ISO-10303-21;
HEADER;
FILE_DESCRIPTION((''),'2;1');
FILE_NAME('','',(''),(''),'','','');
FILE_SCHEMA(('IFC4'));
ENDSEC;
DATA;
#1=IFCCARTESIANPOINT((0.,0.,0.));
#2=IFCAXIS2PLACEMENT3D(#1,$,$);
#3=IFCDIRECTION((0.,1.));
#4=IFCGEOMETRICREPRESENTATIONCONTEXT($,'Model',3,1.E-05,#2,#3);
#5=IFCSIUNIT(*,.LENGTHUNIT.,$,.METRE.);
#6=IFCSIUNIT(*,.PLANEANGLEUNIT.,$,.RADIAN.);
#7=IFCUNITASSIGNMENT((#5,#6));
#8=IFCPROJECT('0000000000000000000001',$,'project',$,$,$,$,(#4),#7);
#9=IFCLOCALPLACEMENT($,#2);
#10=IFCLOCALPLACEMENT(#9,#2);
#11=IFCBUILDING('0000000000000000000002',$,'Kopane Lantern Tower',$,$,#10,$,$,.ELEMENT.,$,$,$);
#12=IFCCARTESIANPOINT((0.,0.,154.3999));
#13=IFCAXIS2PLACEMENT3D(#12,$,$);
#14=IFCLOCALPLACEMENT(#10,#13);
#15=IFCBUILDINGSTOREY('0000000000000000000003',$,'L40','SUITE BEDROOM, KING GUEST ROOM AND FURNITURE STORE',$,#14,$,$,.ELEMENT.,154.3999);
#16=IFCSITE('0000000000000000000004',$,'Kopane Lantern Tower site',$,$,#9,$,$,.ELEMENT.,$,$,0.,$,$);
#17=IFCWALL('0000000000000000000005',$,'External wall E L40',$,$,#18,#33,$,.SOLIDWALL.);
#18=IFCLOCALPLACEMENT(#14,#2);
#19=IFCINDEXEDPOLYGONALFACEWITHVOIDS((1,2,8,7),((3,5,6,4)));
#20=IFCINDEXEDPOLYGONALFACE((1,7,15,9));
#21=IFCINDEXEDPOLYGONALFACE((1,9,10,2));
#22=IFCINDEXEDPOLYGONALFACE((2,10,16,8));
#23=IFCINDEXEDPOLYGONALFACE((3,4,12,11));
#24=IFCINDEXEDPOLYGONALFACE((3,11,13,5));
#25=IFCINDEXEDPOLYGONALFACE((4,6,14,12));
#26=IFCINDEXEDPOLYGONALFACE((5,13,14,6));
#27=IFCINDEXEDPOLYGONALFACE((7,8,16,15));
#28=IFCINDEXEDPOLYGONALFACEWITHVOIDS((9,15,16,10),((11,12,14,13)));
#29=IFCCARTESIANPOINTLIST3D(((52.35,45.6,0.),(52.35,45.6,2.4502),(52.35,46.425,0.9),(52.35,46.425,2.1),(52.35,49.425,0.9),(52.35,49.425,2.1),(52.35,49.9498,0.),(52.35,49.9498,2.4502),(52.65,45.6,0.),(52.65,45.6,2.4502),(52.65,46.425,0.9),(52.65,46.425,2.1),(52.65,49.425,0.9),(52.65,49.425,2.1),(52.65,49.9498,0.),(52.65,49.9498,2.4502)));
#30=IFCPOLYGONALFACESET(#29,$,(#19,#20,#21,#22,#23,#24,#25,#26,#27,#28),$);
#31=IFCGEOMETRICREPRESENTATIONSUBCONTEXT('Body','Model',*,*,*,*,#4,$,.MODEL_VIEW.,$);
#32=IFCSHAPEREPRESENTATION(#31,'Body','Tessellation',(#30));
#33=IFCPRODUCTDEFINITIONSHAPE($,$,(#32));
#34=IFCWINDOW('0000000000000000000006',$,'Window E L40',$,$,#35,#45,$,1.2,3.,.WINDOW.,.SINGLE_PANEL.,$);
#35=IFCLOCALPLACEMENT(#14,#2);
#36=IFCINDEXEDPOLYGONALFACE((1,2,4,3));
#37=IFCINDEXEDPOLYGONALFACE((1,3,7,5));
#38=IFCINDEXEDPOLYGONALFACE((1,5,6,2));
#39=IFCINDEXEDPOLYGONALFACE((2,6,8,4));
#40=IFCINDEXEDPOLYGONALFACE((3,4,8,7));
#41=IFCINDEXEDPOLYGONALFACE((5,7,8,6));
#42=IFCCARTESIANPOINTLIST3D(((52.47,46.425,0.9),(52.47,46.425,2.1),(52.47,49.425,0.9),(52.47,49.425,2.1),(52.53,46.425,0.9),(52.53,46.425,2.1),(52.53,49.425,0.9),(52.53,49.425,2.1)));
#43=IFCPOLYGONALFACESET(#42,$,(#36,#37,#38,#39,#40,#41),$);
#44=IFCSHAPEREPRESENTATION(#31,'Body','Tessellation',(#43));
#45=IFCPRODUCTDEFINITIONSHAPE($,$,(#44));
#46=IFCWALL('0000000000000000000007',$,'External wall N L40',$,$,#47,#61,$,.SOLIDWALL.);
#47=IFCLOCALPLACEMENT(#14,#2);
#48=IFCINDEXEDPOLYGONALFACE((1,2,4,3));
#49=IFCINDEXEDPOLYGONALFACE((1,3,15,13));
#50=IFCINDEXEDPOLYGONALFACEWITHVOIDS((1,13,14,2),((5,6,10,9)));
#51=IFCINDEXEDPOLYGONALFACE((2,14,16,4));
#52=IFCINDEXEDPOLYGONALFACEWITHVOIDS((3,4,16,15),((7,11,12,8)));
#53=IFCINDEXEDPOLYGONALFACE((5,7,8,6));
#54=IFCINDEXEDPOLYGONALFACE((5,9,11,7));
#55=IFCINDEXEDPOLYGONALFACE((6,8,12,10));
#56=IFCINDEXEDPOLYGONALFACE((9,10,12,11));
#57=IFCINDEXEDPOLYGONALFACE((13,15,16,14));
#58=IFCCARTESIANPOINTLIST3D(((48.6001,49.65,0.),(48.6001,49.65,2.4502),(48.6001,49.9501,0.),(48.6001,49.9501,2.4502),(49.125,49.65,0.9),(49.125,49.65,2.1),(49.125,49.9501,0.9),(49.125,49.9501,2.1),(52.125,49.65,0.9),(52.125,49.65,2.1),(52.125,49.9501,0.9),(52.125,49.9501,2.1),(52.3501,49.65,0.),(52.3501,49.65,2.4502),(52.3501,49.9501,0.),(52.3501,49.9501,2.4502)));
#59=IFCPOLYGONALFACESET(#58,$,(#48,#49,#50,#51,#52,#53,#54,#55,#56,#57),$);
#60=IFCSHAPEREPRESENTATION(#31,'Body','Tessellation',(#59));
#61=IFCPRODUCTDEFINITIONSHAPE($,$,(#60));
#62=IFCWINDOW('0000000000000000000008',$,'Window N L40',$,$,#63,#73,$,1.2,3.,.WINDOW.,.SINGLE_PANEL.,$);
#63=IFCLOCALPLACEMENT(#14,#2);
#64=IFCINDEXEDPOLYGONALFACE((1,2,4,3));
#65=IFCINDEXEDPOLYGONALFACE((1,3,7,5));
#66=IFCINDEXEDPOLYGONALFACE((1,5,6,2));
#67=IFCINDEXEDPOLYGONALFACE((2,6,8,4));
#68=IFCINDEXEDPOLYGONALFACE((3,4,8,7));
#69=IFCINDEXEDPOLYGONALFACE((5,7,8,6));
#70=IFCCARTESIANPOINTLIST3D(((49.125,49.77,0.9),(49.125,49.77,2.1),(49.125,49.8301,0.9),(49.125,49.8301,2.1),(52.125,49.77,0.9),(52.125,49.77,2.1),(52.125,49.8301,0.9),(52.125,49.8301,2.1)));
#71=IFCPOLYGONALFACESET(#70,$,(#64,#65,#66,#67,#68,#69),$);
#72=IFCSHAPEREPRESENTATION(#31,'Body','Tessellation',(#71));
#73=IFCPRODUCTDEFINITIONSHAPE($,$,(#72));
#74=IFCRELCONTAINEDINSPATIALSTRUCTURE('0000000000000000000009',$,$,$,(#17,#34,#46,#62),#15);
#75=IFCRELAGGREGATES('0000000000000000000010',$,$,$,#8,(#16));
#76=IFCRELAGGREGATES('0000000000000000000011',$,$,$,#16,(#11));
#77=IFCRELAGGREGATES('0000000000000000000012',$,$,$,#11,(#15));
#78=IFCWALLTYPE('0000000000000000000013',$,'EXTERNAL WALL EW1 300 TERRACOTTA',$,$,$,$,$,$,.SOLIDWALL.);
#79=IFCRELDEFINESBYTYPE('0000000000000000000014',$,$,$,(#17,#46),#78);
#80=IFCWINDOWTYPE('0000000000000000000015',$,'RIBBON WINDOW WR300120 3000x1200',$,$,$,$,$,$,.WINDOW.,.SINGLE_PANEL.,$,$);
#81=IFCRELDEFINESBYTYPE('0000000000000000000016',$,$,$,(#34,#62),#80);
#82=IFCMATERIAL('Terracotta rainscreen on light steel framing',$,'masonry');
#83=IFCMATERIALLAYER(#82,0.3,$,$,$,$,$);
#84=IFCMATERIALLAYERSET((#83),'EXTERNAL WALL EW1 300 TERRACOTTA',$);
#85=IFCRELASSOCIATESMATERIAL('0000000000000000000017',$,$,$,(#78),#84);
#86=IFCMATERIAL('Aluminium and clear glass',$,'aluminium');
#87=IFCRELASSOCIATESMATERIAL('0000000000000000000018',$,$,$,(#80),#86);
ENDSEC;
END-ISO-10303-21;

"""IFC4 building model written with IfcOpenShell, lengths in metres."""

from ifc_helpers import new_model, si_unit, direction, frame, frame_2d, origin, place, context, subcontext, project, spatial, rectangle, extrude, material, layer, layer_set, type_object, element, fill, save


model = new_model("IFC4")

# Units and contexts
model_context = context("Model", 3, precision=1e-05, world=origin(), true_north=direction((0.0, 1.0)))
body_context = subcontext(model_context, "Body", "Model", "MODEL_VIEW")
ifc_project = project(units=[si_unit("LENGTHUNIT", "METRE"), si_unit("PLANEANGLEUNIT", "RADIAN")], contexts=[model_context])

# Site, building, storey
site_placement = place(None, origin())
site = spatial("IfcSite", under=ifc_project, at=site_placement, Name="Kopane Lantern Tower site", CompositionType="ELEMENT", RefElevation=0.0)
building_placement = place(site_placement, origin())
building = spatial("IfcBuilding", under=site, at=building_placement, Name="Kopane Lantern Tower", CompositionType="ELEMENT")
storey_placement = place(building_placement, frame((0.0, 0.0, 154.3999)))
storey = spatial("IfcBuildingStorey", under=building, at=storey_placement, Name="L40", Description="SUITE BEDROOM, KING GUEST ROOM AND FURNITURE STORE", CompositionType="ELEMENT", Elevation=154.3999)

# Walls, openings, windows
ifc_material_1 = material(Name="Terracotta rainscreen on light steel framing", Category="masonry")
ifc_layer_1 = layer(ifc_material_1, 0.3)
ifc_layer_set_1 = layer_set([ifc_layer_1], Name="EXTERNAL WALL EW1 300 TERRACOTTA")
wall_type_1 = type_object("IfcWallType", Name="EXTERNAL WALL EW1 300 TERRACOTTA", PredefinedType="SOLIDWALL", material=ifc_layer_set_1)
ifc_material_2 = material(Name="Aluminium and clear glass", Category="aluminium")
window_type = type_object("IfcWindowType", Name="RIBBON WINDOW WR300120 3000x1200", PartitioningType="SINGLE_PANEL", PredefinedType="WINDOW", material=ifc_material_2)
wall_1_placement = place(storey_placement, frame((52.5, 45.6001, 0.0), z_axis=(0.0, 0.0, 1.0), x_axis=(0.0, 1.0, 0.0)))
wall_1 = element("IfcWall", 1, at=wall_1_placement, inside=storey, type_object=wall_type_1, Name="External wall E L40", PredefinedType="SOLIDWALL", context=body_context, shape_type="SweptSolid", body=[
    extrude(rectangle(XDim=4.3499, YDim=0.3, at=frame_2d((2.1748, 0.0))), origin(), (0.0, 0.0, 1.0), 2.4502),
])
opening_1_placement = place(wall_1_placement, frame((0.825, 0.0, 0.8999)))
opening_1 = element("IfcOpeningElement", 2, at=opening_1_placement, cuts=wall_1, PredefinedType="OPENING", context=body_context, shape_type="SweptSolid", body=[
    extrude(rectangle(XDim=3.0, YDim=1.2, at=frame_2d((1.5, 0.6001))), frame((0.0, 0.1599, 0.0), z_axis=(0.0, -1.0, 0.0), x_axis=(1.0, 0.0, 0.0)), (0.0, 0.0, 1.0), 0.3201),
])
window_1_placement = place(opening_1_placement, origin())
window_1 = element("IfcWindow", 3, at=window_1_placement, inside=storey, type_object=window_type, Name="Window E L40", OverallHeight=1.2, OverallWidth=3.0, PartitioningType="SINGLE_PANEL", PredefinedType="WINDOW", context=body_context, shape_type="SweptSolid", body=[
    extrude(rectangle(XDim=3.0, YDim=1.2, at=frame_2d((1.5, 0.6001))), frame((0.0, 0.03, 0.0), z_axis=(0.0, -1.0, 0.0), x_axis=(1.0, 0.0, 0.0)), (0.0, 0.0, 1.0), 0.0601),
])
fill(opening_1, window_1)
wall_2_placement = place(storey_placement, frame((52.3501, 49.8, 0.0), z_axis=(0.0, 0.0, 1.0), x_axis=(-1.0, 0.0, 0.0)))
wall_2 = element("IfcWall", 4, at=wall_2_placement, inside=storey, type_object=wall_type_1, Name="External wall N L40", PredefinedType="SOLIDWALL", context=body_context, shape_type="SweptSolid", body=[
    extrude(rectangle(XDim=3.75, YDim=0.3, at=frame_2d((1.875, 0.0))), origin(), (0.0, 0.0, 1.0), 2.4502),
])
opening_2_placement = place(wall_2_placement, frame((0.2251, 0.0, 0.8999)))
opening_2 = element("IfcOpeningElement", 5, at=opening_2_placement, cuts=wall_2, PredefinedType="OPENING", context=body_context, shape_type="SweptSolid", body=[
    extrude(rectangle(XDim=3.0, YDim=1.2, at=frame_2d((1.5, 0.6001))), frame((0.0, 0.1599, 0.0), z_axis=(0.0, -1.0, 0.0), x_axis=(1.0, 0.0, 0.0)), (0.0, 0.0, 1.0), 0.3201),
])
window_2_placement = place(opening_2_placement, origin())
window_2 = element("IfcWindow", 6, at=window_2_placement, inside=storey, type_object=window_type, Name="Window N L40", OverallHeight=1.2, OverallWidth=3.0, PartitioningType="SINGLE_PANEL", PredefinedType="WINDOW", context=body_context, shape_type="SweptSolid", body=[
    extrude(rectangle(XDim=3.0, YDim=1.2, at=frame_2d((1.5, 0.6001))), frame((0.0, 0.03, 0.0), z_axis=(0.0, -1.0, 0.0), x_axis=(1.0, 0.0, 0.0)), (0.0, 0.0, 1.0), 0.0601),
])
fill(opening_2, window_2)

save(model, "model.ifc")
